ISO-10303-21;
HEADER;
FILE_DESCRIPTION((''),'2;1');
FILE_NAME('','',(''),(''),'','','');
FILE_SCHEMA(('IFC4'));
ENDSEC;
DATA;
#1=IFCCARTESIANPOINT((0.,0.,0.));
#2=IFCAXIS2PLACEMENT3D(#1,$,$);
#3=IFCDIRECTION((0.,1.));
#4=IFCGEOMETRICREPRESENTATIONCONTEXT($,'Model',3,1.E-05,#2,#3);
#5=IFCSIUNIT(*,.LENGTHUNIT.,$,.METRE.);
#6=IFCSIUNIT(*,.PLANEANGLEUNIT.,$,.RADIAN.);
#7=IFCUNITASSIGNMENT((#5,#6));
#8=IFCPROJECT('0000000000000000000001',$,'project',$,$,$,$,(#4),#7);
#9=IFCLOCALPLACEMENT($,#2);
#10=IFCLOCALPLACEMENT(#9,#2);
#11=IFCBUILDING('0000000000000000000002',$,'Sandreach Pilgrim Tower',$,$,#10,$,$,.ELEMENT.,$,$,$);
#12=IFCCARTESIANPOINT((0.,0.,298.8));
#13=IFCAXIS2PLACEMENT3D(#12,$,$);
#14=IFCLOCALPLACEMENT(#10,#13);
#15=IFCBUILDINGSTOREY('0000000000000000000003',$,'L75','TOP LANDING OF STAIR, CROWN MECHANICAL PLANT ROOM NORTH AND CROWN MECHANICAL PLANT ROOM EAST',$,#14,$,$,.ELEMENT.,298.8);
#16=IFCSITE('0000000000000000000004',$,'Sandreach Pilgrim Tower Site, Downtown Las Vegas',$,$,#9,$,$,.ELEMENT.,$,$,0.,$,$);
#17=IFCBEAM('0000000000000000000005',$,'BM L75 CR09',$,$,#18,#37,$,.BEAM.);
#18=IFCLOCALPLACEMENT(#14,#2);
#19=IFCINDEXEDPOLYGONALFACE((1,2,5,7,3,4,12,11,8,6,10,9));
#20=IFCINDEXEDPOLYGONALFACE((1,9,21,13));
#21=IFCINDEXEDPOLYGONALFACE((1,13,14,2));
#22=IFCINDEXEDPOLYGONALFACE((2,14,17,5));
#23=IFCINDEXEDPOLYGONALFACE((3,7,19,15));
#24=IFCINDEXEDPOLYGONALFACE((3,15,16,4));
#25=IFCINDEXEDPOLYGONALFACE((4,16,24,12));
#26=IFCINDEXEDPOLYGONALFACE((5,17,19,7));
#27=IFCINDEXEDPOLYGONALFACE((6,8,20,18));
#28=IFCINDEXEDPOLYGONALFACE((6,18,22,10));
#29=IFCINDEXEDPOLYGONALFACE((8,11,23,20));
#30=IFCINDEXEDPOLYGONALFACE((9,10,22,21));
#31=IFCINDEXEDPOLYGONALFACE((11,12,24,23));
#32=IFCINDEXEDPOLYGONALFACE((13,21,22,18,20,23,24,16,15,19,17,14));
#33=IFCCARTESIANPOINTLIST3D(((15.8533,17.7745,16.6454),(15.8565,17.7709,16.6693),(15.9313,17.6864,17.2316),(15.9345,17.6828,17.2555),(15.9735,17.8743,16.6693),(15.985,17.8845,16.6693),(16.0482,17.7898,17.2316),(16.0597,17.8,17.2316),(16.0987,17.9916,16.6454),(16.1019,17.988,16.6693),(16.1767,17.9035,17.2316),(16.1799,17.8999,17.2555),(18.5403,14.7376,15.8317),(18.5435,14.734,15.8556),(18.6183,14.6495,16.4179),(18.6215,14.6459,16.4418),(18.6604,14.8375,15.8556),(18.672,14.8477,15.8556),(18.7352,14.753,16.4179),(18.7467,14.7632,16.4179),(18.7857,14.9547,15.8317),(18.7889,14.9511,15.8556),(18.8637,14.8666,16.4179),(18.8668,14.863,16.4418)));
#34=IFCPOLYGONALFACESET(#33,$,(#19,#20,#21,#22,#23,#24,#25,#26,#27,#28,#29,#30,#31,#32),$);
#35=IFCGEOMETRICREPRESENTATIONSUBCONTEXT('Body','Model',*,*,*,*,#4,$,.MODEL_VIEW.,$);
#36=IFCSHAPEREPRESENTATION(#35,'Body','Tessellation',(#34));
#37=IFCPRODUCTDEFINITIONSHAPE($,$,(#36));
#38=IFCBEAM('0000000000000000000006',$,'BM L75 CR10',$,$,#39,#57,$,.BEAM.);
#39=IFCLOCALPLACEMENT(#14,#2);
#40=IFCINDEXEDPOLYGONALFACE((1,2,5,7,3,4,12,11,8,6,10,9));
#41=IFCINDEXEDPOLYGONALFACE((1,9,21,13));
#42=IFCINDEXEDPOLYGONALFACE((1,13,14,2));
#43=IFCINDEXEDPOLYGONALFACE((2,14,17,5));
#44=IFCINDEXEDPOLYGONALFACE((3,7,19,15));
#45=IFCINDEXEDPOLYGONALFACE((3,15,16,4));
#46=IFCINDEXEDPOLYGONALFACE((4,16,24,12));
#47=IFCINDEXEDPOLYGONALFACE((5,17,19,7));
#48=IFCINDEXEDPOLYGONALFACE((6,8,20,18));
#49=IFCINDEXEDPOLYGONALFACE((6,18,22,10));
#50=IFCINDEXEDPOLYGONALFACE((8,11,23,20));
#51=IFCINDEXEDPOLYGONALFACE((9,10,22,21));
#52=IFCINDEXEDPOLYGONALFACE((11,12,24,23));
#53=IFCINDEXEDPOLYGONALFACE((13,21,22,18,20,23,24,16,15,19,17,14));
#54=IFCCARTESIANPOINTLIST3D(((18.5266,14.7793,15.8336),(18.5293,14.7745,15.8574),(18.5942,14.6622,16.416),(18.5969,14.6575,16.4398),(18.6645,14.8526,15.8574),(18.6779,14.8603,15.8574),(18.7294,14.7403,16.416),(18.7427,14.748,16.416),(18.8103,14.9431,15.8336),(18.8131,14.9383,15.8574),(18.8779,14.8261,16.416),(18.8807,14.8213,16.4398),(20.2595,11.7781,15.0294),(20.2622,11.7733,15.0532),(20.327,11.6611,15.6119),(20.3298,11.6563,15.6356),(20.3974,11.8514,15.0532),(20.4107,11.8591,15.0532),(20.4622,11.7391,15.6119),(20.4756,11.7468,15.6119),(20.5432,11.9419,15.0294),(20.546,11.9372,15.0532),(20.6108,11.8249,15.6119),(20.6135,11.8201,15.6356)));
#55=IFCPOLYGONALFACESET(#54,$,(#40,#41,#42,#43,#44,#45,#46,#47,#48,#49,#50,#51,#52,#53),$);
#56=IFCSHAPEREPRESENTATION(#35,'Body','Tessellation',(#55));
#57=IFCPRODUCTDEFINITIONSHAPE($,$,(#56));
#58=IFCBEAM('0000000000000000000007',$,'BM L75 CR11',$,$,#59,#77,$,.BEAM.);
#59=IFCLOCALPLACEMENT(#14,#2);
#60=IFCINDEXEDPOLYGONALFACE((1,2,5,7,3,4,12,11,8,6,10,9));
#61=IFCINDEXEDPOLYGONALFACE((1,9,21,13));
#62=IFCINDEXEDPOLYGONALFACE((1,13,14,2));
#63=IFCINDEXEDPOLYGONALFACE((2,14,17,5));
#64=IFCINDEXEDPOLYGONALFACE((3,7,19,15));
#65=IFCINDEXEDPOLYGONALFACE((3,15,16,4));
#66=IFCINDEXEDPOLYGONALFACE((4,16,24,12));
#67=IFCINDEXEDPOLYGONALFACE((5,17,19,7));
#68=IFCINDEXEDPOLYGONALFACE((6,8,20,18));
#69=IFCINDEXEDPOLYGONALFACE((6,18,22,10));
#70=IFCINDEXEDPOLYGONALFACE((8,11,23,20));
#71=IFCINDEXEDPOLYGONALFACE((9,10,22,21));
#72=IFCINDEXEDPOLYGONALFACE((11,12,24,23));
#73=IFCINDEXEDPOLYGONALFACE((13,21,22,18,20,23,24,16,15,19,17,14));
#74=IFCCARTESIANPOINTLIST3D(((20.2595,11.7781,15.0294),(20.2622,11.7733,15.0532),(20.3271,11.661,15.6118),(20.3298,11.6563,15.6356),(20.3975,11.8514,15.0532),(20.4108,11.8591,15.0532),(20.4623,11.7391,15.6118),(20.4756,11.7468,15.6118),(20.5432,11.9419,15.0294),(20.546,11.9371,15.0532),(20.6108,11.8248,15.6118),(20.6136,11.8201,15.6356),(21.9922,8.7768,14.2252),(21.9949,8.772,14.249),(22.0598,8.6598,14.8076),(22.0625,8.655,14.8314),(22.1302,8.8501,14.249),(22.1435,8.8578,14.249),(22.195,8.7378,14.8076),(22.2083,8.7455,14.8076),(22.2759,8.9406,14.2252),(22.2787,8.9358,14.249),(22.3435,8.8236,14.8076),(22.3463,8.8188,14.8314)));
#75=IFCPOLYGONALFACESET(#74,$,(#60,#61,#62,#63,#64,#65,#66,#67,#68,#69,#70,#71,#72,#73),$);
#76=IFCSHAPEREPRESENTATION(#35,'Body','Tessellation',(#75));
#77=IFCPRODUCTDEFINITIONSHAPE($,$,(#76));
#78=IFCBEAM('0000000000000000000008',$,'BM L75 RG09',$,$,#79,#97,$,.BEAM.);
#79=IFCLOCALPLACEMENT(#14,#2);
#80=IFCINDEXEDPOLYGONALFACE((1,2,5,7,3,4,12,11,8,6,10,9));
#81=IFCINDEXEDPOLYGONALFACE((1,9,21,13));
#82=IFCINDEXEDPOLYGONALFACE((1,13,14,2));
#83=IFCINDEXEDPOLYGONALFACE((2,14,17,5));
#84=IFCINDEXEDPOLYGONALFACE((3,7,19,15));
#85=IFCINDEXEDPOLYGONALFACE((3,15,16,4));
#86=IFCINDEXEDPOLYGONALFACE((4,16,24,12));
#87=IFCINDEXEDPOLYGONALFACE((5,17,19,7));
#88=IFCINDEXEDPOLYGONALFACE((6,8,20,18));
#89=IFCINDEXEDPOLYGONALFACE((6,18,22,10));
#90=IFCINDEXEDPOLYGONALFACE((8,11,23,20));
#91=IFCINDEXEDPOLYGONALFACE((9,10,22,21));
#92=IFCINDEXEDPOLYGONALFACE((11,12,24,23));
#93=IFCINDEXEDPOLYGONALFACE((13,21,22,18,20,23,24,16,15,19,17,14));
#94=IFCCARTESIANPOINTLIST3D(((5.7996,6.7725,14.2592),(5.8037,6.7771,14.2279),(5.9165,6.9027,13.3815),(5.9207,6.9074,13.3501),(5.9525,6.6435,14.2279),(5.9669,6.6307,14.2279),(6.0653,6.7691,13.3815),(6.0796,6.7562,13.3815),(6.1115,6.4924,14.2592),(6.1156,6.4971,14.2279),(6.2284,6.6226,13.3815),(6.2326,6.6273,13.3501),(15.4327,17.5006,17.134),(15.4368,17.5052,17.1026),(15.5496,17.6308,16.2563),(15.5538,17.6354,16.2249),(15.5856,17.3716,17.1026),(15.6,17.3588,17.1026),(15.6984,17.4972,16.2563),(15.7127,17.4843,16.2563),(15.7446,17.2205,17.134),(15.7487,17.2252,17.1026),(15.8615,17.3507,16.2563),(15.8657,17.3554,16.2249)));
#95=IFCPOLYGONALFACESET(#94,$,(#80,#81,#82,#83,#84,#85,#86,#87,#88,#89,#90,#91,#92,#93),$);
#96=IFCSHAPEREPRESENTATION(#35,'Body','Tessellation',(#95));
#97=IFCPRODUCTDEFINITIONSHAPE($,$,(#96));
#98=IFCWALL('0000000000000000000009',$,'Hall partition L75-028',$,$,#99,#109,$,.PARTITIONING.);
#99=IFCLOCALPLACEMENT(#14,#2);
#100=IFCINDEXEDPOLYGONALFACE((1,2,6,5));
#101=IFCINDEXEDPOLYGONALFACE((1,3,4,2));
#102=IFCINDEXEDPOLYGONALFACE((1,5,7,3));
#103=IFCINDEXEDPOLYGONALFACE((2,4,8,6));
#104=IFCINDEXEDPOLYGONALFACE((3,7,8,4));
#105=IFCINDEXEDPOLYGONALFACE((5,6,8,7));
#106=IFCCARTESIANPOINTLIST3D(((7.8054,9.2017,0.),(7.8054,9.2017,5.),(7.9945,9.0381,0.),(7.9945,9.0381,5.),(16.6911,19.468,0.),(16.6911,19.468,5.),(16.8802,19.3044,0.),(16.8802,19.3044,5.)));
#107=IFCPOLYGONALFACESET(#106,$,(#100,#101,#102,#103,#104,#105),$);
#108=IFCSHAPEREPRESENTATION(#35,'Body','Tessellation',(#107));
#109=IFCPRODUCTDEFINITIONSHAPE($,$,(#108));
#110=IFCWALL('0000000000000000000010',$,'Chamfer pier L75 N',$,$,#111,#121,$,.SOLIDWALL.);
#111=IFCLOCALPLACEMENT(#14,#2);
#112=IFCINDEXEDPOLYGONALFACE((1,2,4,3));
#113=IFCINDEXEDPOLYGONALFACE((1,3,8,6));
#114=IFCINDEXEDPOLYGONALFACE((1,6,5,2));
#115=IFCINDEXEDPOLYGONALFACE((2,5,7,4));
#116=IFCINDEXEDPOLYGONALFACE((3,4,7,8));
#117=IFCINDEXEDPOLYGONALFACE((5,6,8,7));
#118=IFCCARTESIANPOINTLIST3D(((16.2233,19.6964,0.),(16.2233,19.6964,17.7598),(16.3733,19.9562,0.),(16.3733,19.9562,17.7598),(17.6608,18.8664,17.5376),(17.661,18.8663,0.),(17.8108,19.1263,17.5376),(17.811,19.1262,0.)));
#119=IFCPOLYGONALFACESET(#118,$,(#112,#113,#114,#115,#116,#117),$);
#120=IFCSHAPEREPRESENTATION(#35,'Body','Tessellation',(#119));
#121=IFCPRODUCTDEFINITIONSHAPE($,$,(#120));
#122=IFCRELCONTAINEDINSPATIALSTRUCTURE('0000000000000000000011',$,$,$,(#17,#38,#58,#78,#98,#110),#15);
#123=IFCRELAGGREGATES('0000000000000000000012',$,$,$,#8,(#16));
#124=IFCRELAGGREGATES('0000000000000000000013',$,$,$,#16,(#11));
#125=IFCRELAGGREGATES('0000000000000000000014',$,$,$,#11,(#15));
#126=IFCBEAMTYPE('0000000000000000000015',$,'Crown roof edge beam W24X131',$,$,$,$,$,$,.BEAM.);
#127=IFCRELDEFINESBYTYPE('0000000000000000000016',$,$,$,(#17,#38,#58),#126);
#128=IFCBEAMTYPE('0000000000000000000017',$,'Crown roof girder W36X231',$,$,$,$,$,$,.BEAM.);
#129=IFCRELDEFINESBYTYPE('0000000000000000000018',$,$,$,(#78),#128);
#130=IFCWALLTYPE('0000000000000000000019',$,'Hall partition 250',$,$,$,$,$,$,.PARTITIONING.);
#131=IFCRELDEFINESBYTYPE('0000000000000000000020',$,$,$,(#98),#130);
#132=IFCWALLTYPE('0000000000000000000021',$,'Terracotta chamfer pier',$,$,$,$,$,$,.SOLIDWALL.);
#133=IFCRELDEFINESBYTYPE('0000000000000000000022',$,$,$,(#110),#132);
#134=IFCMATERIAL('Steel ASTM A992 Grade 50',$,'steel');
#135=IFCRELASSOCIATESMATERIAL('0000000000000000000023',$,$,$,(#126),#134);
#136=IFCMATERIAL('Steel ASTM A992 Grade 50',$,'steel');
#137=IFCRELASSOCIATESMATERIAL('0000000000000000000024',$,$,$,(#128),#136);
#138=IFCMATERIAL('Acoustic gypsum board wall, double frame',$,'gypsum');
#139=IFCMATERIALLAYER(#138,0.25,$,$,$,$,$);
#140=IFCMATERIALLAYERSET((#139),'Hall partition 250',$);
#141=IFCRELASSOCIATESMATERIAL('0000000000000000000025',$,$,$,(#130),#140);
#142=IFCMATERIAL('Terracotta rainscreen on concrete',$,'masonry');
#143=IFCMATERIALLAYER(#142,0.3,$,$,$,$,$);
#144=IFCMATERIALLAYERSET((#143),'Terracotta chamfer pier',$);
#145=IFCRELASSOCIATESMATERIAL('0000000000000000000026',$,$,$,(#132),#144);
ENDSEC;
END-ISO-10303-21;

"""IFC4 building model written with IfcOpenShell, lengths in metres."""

from ifc_helpers import new_model, si_unit, direction, frame, frame_2d, origin, origin_2d, place, context, subcontext, project, spatial, polyline, rectangle, i_section, outline, extrude, material, layer, layer_set, material_profile, profile_set, type_object, element, save


model = new_model("IFC4")

# Units and contexts
model_context = context("Model", 3, precision=1e-05, world=origin(), true_north=direction((0.0, 1.0)))
body_context = subcontext(model_context, "Body", "Model", "MODEL_VIEW")
ifc_project = project(units=[si_unit("LENGTHUNIT", "METRE"), si_unit("PLANEANGLEUNIT", "RADIAN")], contexts=[model_context])

# Site, building, storey
site_placement = place(None, origin())
site = spatial("IfcSite", under=ifc_project, at=site_placement, Name="Sandreach Pilgrim Tower Site, Downtown Las Vegas", CompositionType="ELEMENT", RefElevation=0.0)
building_placement = place(site_placement, origin())
building = spatial("IfcBuilding", under=site, at=building_placement, Name="Sandreach Pilgrim Tower", CompositionType="ELEMENT")
storey_placement = place(building_placement, frame((0.0, 0.0, 298.8)))
storey = spatial("IfcBuildingStorey", under=building, at=storey_placement, Name="L75", Description="TOP LANDING OF STAIR, CROWN MECHANICAL PLANT ROOM NORTH AND CROWN MECHANICAL PLANT ROOM EAST", CompositionType="ELEMENT", Elevation=298.8)

# Beams
ifc_material_1 = material(Name="Steel ASTM A992 Grade 50", Category="steel")
ifc_material_profile_1 = material_profile(ifc_material_1, i_section(OverallWidth=0.3276, OverallDepth=0.6223, WebThickness=0.0154, FlangeThickness=0.0244, at=origin_2d()), Name="W24X131")
ifc_profile_set_1 = profile_set([ifc_material_profile_1], Name="Steel ASTM A992 Grade 50")
beam_type_1 = type_object("IfcBeamType", Name="Crown roof edge beam W24X131", PredefinedType="BEAM", material=ifc_profile_set_1)
beam_1_placement = place(storey_placement, frame((16.0166, 17.8372, 16.9504), z_axis=(0.649698, -0.73429, -0.196751), x_axis=(0.748929, 0.662651, 0.0)))
element("IfcBeam", 1, at=beam_1_placement, inside=storey, type_object=beam_type_1, Name="BM L75 CR09", PredefinedType="BEAM", context=body_context, shape_type="SweptSolid", body=[
    extrude(i_section(OverallWidth=0.3276, OverallDepth=0.6223, WebThickness=0.0154, FlangeThickness=0.0244, at=origin_2d()), origin(), (0.0, 0.0, 1.0), 4.1357),
])
for number, where, z_axis, x_axis, name in (
    (2, (18.7036, 14.8003, 16.1367), (0.487091, -0.843591, -0.226046), (0.866006, 0.500033, 0.0), "BM L75 CR10"),
    (3, (20.4365, 11.7991, 15.3325), (0.487039, -0.843619, -0.226054), (0.866037, 0.499981, 0.0), "BM L75 CR11"),
):
    element("IfcBeam", number, at=place(storey_placement, frame(where, z_axis=z_axis, x_axis=x_axis)), inside=storey, type_object=beam_type_1, Name=name, PredefinedType="BEAM", context=body_context, shape_type="SweptSolid", body=[
        extrude(i_section(OverallWidth=0.3276, OverallDepth=0.6223, WebThickness=0.0154, FlangeThickness=0.0244, at=origin_2d()), origin(), (0.0, 0.0, 1.0), 3.5576),
    ])
ifc_material_2 = material(Name="Steel ASTM A992 Grade 50", Category="steel")
ifc_material_profile_2 = material_profile(ifc_material_2, i_section(OverallWidth=0.4192, OverallDepth=0.927, WebThickness=0.0193, FlangeThickness=0.032, at=origin_2d()), Name="W36X231")
ifc_profile_set_2 = profile_set([ifc_material_profile_2], Name="Steel ASTM A992 Grade 50")
beam_type_2 = type_object("IfcBeamType", Name="Crown roof girder W36X231", PredefinedType="BEAM", material=ifc_profile_set_2)
beam_2_placement = place(storey_placement, frame((15.6492, 17.428, 16.6794), z_axis=(-0.655218, -0.729696, -0.195534), x_axis=(0.744058, -0.668115, 0.0)))
element("IfcBeam", 4, at=beam_2_placement, inside=storey, type_object=beam_type_2, Name="BM L75 RG09", PredefinedType="BEAM", context=body_context, shape_type="SweptSolid", body=[
    extrude(i_section(OverallWidth=0.4192, OverallDepth=0.927, WebThickness=0.0193, FlangeThickness=0.032, at=origin_2d()), origin(), (0.0, 0.0, 1.0), 14.7021),
])

# Walls
ifc_material_3 = material(Name="Acoustic gypsum board wall, double frame", Category="gypsum")
ifc_layer_1 = layer(ifc_material_3, 0.25)
ifc_layer_set_1 = layer_set([ifc_layer_1], Name="Hall partition 250")
wall_type_1 = type_object("IfcWallType", Name="Hall partition 250", PredefinedType="PARTITIONING", material=ifc_layer_set_1)
wall_1_placement = place(storey_placement, frame((16.7856, 19.3862, 0.0), z_axis=(0.0, 0.0, 1.0), x_axis=(-0.654435, -0.756118, 0.0)))
element("IfcWall", 5, at=wall_1_placement, inside=storey, type_object=wall_type_1, Name="Hall partition L75-028", PredefinedType="PARTITIONING", context=body_context, shape_type="SweptSolid", body=[
    extrude(rectangle(XDim=13.5776, YDim=0.25, at=frame_2d((6.7888, 0.0))), origin(), (0.0, 0.0, 1.0), 5.0),
])
ifc_material_4 = material(Name="Terracotta rainscreen on concrete", Category="masonry")
ifc_layer_2 = layer(ifc_material_4, 0.3)
ifc_layer_set_2 = layer_set([ifc_layer_2], Name="Terracotta chamfer pier")
wall_type_2 = type_object("IfcWallType", Name="Terracotta chamfer pier", PredefinedType="SOLIDWALL", material=ifc_layer_set_2)
wall_2_placement = place(storey_placement, frame((16.2983, 19.8264, 0.0), z_axis=(0.0, 0.0, 1.0), x_axis=(0.866026, -0.499998, 0.0)))
element("IfcWall", 6, at=wall_2_placement, inside=storey, type_object=wall_type_2, Name="Chamfer pier L75 N", PredefinedType="SOLIDWALL", context=body_context, shape_type="SweptSolid", body=[
    extrude(outline(polyline([(0.0, 0.0), (1.6602, 0.0), (1.6599, 17.5376), (0.0, 17.7598), (0.0, 0.0)])), frame((0.0, 0.1499, 0.0), z_axis=(0.0, -1.0, 0.0), x_axis=(1.0, 0.0, 0.0)), (0.0, 0.0, 1.0), 0.3),
])

save(model, "model.ifc")
